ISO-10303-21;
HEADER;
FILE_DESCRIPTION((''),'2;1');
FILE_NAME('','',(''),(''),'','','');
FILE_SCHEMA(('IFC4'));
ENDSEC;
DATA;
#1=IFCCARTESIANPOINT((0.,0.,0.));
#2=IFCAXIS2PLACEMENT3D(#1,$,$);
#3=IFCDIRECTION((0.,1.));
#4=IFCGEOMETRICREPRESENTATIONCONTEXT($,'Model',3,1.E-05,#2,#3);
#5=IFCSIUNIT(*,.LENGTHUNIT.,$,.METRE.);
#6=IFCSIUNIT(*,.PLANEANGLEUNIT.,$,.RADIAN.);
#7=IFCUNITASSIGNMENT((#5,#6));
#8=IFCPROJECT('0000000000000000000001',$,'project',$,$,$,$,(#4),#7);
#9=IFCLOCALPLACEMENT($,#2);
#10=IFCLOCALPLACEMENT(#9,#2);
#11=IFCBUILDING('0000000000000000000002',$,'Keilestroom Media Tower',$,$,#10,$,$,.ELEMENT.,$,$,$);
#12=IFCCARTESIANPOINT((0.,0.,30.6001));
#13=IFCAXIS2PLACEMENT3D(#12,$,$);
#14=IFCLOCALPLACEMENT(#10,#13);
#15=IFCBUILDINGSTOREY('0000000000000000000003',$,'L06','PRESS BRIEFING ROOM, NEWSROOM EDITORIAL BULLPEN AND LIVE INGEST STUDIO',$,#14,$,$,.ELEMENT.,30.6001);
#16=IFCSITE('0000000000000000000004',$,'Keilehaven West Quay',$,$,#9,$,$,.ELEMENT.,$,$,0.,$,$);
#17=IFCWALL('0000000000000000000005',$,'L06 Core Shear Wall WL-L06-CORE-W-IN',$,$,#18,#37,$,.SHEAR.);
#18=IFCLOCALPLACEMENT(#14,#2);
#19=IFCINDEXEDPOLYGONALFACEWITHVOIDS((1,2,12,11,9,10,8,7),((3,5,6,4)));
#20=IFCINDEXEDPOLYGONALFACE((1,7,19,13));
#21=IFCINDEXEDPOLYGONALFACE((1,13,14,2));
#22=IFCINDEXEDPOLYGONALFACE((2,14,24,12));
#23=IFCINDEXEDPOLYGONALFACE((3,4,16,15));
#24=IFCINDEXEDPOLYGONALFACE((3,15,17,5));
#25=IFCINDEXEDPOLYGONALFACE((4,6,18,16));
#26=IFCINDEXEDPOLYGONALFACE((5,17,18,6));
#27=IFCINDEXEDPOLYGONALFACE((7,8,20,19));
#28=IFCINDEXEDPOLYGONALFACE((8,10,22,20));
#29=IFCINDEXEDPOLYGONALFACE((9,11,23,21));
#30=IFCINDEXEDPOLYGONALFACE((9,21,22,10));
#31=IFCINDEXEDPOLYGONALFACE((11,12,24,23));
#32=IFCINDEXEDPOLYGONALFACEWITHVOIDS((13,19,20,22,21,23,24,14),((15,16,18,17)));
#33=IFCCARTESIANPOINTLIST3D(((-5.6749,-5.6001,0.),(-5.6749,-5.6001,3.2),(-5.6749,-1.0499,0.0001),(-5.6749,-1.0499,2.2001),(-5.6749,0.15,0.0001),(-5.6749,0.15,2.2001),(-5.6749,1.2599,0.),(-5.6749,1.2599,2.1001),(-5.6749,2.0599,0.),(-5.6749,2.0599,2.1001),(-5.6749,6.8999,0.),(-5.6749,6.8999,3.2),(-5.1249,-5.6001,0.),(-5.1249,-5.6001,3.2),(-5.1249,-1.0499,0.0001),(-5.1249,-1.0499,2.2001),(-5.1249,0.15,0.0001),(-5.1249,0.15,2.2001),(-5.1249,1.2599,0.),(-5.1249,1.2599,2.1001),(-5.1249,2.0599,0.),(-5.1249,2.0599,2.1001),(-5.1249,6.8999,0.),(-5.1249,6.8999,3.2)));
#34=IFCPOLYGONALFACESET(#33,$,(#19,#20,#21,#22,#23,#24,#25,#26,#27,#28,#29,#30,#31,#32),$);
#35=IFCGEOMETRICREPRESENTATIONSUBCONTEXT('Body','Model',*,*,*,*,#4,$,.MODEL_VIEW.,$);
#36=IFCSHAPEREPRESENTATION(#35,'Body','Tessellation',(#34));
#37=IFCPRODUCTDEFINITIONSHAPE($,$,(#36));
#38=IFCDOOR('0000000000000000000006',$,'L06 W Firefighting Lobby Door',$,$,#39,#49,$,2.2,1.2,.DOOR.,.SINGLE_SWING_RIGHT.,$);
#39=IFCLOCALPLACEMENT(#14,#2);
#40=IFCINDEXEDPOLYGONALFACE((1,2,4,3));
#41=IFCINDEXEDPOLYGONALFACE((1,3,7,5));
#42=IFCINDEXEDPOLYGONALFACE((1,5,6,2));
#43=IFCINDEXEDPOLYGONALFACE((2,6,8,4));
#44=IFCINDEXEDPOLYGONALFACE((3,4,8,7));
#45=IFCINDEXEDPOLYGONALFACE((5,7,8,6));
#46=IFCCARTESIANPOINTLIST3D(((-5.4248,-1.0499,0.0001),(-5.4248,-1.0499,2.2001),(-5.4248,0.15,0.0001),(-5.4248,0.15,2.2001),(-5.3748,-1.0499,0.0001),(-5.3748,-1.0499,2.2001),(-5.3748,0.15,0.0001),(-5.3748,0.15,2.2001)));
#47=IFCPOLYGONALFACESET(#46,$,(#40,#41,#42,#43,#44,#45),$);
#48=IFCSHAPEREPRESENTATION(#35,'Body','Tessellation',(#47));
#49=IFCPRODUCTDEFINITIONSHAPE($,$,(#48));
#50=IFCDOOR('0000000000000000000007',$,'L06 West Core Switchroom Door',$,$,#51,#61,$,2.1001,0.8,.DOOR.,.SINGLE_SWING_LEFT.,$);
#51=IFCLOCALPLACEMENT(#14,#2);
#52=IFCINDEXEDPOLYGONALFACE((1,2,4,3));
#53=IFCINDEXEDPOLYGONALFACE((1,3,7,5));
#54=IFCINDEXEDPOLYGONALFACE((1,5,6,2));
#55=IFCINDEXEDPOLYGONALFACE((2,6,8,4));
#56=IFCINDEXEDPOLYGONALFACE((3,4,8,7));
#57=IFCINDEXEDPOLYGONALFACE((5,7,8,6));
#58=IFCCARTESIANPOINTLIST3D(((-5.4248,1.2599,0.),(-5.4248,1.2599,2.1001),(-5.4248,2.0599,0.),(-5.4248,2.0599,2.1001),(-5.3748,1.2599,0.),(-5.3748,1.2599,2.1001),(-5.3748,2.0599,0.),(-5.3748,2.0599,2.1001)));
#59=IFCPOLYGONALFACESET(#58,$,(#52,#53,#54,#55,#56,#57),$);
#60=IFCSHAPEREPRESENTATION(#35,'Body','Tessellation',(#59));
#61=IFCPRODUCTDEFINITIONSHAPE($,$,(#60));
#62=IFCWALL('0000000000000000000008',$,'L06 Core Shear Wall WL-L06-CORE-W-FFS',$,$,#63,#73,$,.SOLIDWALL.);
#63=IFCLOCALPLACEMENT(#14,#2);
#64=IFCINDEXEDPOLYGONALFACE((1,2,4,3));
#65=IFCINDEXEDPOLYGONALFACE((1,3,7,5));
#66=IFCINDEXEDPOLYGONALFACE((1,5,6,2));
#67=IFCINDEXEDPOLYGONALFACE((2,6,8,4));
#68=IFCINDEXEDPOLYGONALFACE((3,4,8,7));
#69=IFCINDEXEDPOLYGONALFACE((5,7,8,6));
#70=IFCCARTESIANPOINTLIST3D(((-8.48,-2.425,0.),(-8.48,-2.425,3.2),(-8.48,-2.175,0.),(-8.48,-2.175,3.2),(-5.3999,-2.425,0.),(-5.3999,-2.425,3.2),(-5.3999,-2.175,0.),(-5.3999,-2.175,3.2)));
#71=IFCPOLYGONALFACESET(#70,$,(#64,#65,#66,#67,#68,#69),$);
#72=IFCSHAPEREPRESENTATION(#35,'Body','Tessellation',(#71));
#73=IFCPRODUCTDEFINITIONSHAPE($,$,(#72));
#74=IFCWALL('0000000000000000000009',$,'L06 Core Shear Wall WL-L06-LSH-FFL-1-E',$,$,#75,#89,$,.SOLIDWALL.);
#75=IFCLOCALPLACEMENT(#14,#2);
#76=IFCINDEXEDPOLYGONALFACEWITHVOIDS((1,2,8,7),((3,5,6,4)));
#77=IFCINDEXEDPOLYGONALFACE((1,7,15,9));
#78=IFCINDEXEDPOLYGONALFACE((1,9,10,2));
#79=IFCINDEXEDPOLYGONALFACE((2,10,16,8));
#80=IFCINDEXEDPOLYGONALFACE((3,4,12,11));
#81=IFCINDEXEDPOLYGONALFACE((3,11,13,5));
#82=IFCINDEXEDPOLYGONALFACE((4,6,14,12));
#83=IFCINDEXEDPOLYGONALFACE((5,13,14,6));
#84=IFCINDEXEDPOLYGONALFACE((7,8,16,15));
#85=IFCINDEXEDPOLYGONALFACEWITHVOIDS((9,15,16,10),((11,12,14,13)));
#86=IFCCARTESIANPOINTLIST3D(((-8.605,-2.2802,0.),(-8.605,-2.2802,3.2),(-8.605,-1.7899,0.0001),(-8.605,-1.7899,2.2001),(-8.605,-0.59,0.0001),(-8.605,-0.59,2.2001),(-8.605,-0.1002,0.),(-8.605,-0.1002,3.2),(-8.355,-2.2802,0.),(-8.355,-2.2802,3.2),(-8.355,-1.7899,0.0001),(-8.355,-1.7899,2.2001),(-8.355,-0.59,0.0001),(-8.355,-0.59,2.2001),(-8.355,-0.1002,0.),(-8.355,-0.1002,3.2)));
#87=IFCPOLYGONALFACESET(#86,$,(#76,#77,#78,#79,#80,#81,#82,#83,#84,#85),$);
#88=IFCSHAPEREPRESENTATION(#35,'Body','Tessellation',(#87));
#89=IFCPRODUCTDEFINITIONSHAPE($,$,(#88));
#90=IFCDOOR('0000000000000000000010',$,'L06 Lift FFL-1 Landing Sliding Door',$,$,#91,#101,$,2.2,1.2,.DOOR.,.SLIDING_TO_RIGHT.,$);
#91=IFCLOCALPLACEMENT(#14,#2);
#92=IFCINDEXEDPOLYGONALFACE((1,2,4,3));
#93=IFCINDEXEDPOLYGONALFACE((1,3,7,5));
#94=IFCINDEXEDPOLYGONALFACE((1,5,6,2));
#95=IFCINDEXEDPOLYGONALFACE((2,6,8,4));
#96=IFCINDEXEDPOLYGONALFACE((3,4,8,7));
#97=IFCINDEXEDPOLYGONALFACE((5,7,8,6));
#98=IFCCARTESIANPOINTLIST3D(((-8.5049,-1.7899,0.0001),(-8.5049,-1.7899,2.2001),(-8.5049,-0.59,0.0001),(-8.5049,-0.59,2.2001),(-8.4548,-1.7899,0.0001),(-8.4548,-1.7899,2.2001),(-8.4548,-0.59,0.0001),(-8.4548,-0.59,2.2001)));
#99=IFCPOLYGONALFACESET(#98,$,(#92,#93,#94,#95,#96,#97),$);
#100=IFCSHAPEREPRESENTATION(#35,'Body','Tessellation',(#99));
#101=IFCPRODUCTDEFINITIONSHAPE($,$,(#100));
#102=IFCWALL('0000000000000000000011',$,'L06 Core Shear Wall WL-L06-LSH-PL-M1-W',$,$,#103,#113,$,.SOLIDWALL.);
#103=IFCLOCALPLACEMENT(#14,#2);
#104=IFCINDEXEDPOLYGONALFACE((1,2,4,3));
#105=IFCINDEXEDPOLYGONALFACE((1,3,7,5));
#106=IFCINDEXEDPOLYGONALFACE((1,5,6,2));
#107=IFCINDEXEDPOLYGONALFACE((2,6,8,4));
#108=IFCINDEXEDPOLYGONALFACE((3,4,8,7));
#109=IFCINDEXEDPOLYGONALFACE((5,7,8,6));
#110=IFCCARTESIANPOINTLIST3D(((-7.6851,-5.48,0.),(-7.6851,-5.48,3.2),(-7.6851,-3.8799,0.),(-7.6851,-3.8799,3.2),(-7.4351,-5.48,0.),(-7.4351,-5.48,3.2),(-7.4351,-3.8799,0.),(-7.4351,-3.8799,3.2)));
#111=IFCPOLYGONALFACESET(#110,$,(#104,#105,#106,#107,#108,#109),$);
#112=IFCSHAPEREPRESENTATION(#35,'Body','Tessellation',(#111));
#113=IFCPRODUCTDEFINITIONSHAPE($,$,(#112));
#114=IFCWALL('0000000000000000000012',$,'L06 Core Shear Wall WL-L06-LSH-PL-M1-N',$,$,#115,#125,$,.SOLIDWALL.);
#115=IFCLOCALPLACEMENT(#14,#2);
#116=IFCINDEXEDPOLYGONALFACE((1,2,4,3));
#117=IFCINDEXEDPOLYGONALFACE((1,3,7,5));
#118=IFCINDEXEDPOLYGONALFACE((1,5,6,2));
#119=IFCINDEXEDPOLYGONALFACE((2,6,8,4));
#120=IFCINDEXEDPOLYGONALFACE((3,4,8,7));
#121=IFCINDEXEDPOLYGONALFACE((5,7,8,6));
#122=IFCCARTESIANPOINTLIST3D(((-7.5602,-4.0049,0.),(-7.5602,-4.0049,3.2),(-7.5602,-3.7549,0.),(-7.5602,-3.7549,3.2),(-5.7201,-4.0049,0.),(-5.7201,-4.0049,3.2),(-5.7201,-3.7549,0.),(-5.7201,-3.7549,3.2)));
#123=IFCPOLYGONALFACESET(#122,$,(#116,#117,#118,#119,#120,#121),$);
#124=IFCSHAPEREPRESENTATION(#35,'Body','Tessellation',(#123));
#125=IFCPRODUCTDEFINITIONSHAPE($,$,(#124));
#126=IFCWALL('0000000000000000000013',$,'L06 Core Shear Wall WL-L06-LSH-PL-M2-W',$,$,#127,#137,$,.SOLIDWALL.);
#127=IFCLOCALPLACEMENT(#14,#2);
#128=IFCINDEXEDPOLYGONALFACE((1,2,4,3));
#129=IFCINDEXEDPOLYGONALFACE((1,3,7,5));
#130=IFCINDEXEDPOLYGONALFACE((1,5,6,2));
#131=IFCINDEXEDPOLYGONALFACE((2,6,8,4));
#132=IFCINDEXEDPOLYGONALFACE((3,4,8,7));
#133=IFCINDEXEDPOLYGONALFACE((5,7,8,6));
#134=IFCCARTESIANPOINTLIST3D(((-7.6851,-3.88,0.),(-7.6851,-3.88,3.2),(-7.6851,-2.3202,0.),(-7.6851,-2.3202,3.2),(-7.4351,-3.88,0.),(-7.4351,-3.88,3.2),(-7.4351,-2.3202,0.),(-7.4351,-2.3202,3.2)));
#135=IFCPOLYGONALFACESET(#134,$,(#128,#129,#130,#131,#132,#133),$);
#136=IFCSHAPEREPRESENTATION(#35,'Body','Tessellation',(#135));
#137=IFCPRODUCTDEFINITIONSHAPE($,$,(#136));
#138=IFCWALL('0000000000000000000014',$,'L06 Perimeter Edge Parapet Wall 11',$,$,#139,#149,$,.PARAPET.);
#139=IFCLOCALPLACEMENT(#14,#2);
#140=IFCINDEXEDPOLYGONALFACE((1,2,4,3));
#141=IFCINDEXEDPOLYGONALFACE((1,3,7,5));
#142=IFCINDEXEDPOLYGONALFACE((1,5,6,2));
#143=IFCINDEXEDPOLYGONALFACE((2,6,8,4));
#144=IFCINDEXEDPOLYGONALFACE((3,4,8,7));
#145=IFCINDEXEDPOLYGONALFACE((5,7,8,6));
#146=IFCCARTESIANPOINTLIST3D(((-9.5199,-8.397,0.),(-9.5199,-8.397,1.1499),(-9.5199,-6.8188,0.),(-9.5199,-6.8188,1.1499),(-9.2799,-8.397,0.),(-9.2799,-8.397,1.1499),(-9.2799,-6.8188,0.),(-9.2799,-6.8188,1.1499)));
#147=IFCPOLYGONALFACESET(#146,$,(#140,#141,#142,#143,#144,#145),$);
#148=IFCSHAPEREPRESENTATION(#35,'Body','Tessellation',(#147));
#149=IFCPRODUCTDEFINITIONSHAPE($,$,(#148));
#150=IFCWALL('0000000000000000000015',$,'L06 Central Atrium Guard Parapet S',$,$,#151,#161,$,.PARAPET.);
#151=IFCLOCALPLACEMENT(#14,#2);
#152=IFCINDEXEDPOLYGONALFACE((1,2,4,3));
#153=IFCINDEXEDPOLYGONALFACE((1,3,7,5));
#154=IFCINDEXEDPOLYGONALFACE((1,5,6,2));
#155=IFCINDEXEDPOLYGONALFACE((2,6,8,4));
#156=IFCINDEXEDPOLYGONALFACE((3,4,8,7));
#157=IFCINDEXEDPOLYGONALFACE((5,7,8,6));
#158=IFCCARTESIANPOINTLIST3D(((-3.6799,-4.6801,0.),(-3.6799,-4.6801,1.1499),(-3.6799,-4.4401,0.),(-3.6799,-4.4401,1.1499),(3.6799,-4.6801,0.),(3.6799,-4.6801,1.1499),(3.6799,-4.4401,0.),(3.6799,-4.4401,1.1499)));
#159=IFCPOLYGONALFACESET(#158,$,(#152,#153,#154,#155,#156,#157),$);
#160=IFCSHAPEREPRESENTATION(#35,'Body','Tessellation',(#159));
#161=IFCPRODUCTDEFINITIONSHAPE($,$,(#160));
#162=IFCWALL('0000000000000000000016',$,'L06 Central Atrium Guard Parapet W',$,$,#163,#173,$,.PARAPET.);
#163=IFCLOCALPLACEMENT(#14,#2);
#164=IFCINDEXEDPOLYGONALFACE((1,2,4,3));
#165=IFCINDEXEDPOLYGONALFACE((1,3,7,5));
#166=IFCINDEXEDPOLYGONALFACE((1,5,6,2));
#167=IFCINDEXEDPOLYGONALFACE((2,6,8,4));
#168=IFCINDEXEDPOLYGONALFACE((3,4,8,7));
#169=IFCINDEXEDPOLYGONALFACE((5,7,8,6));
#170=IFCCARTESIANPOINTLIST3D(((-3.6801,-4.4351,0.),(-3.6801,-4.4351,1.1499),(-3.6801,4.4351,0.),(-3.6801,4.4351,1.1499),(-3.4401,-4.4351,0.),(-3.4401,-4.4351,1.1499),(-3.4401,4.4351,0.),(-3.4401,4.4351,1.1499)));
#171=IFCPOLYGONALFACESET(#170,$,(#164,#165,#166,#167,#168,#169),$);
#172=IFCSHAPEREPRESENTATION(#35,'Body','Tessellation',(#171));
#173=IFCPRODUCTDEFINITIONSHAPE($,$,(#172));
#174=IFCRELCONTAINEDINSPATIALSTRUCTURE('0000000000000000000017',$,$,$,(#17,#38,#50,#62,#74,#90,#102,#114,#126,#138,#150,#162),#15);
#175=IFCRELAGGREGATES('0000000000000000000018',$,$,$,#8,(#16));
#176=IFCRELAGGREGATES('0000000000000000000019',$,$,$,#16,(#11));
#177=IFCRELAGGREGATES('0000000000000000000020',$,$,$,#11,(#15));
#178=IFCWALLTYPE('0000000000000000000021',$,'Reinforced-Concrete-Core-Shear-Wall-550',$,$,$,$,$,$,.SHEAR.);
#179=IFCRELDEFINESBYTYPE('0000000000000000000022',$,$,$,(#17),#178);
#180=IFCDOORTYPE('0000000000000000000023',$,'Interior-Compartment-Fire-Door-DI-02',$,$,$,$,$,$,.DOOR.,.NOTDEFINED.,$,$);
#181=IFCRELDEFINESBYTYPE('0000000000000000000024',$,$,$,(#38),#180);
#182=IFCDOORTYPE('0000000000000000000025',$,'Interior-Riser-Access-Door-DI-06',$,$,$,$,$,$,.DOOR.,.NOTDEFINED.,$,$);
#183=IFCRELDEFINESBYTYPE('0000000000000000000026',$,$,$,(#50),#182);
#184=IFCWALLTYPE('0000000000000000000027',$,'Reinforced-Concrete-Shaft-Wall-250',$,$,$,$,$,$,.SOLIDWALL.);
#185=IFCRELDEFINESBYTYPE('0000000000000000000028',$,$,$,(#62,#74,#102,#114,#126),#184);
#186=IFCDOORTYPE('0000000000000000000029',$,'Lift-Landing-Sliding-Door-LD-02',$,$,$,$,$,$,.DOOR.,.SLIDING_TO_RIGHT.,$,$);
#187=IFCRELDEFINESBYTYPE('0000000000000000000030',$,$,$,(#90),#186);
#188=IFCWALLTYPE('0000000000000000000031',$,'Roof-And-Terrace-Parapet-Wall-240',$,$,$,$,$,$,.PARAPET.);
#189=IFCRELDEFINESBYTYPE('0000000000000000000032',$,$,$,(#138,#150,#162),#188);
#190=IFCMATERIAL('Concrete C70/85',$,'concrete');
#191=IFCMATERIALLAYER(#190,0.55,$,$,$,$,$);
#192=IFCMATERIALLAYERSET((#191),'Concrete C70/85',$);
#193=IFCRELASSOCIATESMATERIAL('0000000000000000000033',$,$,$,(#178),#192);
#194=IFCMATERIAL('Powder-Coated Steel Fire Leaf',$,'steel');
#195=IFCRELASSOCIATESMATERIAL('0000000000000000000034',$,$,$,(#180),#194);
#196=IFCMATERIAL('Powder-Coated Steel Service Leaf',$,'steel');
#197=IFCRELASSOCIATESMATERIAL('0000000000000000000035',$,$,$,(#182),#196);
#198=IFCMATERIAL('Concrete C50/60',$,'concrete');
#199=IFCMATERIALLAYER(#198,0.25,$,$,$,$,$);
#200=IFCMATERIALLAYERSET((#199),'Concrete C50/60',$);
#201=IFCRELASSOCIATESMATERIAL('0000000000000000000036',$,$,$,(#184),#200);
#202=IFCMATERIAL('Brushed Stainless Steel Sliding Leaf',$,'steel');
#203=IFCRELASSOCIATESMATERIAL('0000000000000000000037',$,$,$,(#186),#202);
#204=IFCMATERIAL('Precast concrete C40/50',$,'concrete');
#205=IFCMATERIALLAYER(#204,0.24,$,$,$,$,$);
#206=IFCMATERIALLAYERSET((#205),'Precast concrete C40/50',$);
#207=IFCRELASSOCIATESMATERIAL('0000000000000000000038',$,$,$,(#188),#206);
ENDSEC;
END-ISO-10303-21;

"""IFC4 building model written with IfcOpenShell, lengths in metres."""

from ifc_helpers import new_model, si_unit, direction, frame, frame_2d, origin, place, context, subcontext, project, spatial, rectangle, extrude, source, transform, mapped, material, layer, layer_set, type_object, element, fill, save


model = new_model("IFC4")

# Units and contexts
model_context = context("Model", 3, precision=1e-05, world=origin(), true_north=direction((0.0, 1.0)))
body_context = subcontext(model_context, "Body", "Model", "MODEL_VIEW")
ifc_project = project(units=[si_unit("LENGTHUNIT", "METRE"), si_unit("PLANEANGLEUNIT", "RADIAN")], contexts=[model_context])

# Site, building, storey
site_placement = place(None, origin())
site = spatial("IfcSite", under=ifc_project, at=site_placement, Name="Keilehaven West Quay", CompositionType="ELEMENT", RefElevation=0.0)
building_placement = place(site_placement, origin())
building = spatial("IfcBuilding", under=site, at=building_placement, Name="Keilestroom Media Tower", CompositionType="ELEMENT")
storey_placement = place(building_placement, frame((0.0, 0.0, 30.6001)))
storey = spatial("IfcBuildingStorey", under=building, at=storey_placement, Name="L06", Description="PRESS BRIEFING ROOM, NEWSROOM EDITORIAL BULLPEN AND LIVE INGEST STUDIO", CompositionType="ELEMENT", Elevation=30.6001)

# Shared definitions
ifc_material_1 = material(Name="Concrete C70/85", Category="concrete")

# Wall, openings, doors
ifc_layer_1 = layer(ifc_material_1, 0.55)
ifc_layer_set_1 = layer_set([ifc_layer_1], Name="Concrete C70/85")
wall_type_1 = type_object("IfcWallType", Name="Reinforced-Concrete-Core-Shear-Wall-550", PredefinedType="SHEAR", material=ifc_layer_set_1)
wall_1_placement = place(storey_placement, frame((-5.3999, -5.6001, 0.0), z_axis=(0.0, 0.0, 1.0), x_axis=(0.0, 1.0, 0.0)))
wall_1 = element("IfcWall", 1, at=wall_1_placement, inside=storey, type_object=wall_type_1, Name="L06 Core Shear Wall WL-L06-CORE-W-IN", PredefinedType="SHEAR", context=body_context, shape_type="SweptSolid", body=[
    extrude(rectangle(XDim=12.5, YDim=0.55, at=frame_2d((6.25, 0.0))), origin(), (0.0, 0.0, 1.0), 3.2),
])
opening_1_placement = place(wall_1_placement, frame((4.55, 0.0, 0.0)))
opening_1 = element("IfcOpeningElement", 2, at=opening_1_placement, cuts=wall_1, PredefinedType="OPENING", context=body_context, shape_type="SweptSolid", body=[
    extrude(rectangle(XDim=1.2, YDim=2.2, at=frame_2d((0.6001, 1.1001))), frame((0.0, 0.2852, 0.0), z_axis=(0.0, -1.0, 0.0), x_axis=(1.0, 0.0, 0.0)), (0.0, 0.0, 1.0), 0.5701),
])
opening_2_placement = place(wall_1_placement, frame((6.8601, 0.0, 0.0)))
opening_2 = element("IfcOpeningElement", 3, at=opening_2_placement, cuts=wall_1, PredefinedType="OPENING", context=body_context, shape_type="SweptSolid", body=[
    extrude(rectangle(XDim=0.8, YDim=2.1001, at=frame_2d((0.3999, 1.05))), frame((0.0, 0.2852, 0.0), z_axis=(0.0, -1.0, 0.0), x_axis=(1.0, 0.0, 0.0)), (0.0, 0.0, 1.0), 0.5701),
])
ifc_material_2 = material(Name="Powder-Coated Steel Fire Leaf", Category="steel")
door_type_1 = type_object("IfcDoorType", Name="Interior-Compartment-Fire-Door-DI-02", OperationType="NOTDEFINED", PredefinedType="DOOR", material=ifc_material_2)
shared_shape_1 = source(origin(), body_context, "Body", "SweptSolid", [
    extrude(rectangle(XDim=1.2, YDim=2.2, at=frame_2d((0.6001, 1.1001))), frame((0.0, 0.0249, 0.0), z_axis=(0.0, -1.0, 0.0), x_axis=(1.0, 0.0, 0.0)), (0.0, 0.0, 1.0), 0.05),
])
door_1_placement = place(opening_1_placement, origin())
door_1 = element("IfcDoor", 4, at=door_1_placement, inside=storey, type_object=door_type_1, Name="L06 W Firefighting Lobby Door", OperationType="SINGLE_SWING_RIGHT", OverallHeight=2.2, OverallWidth=1.2, PredefinedType="DOOR", context=body_context, shape_type="MappedRepresentation", body=[
    mapped(shared_shape_1, transform((0.0, 0.0, 0.0), x_axis=(1.0, 0.0, 0.0), y_axis=(0.0, 1.0, 0.0), z_axis=(0.0, 0.0, 1.0), scale=1.0)),
])
fill(opening_1, door_1)
ifc_material_3 = material(Name="Powder-Coated Steel Service Leaf", Category="steel")
door_type_2 = type_object("IfcDoorType", Name="Interior-Riser-Access-Door-DI-06", OperationType="NOTDEFINED", PredefinedType="DOOR", material=ifc_material_3)
shared_shape_2 = source(origin(), body_context, "Body", "SweptSolid", [
    extrude(rectangle(XDim=0.8, YDim=2.1001, at=frame_2d((0.3999, 1.05))), frame((0.0, 0.0249, 0.0), z_axis=(0.0, -1.0, 0.0), x_axis=(1.0, 0.0, 0.0)), (0.0, 0.0, 1.0), 0.05),
])
door_2_placement = place(opening_2_placement, origin())
door_2 = element("IfcDoor", 5, at=door_2_placement, inside=storey, type_object=door_type_2, Name="L06 West Core Switchroom Door", OperationType="SINGLE_SWING_LEFT", OverallHeight=2.1001, OverallWidth=0.8, PredefinedType="DOOR", context=body_context, shape_type="MappedRepresentation", body=[
    mapped(shared_shape_2, transform((0.0, 0.0, 0.0), x_axis=(1.0, 0.0, 0.0), y_axis=(0.0, 1.0, 0.0), z_axis=(0.0, 0.0, 1.0), scale=1.0)),
])
fill(opening_2, door_2)

# Wall
ifc_material_4 = material(Name="Concrete C50/60", Category="concrete")
ifc_layer_2 = layer(ifc_material_4, 0.25)
ifc_layer_set_2 = layer_set([ifc_layer_2], Name="Concrete C50/60")
wall_type_2 = type_object("IfcWallType", Name="Reinforced-Concrete-Shaft-Wall-250", PredefinedType="SOLIDWALL", material=ifc_layer_set_2)
wall_2_placement = place(storey_placement, frame((-8.48, -2.3, 0.0), z_axis=(0.0, 0.0, 1.0), x_axis=(1.0, 0.0, 0.0)))
element("IfcWall", 6, at=wall_2_placement, inside=storey, type_object=wall_type_2, Name="L06 Core Shear Wall WL-L06-CORE-W-FFS", PredefinedType="SOLIDWALL", context=body_context, shape_type="SweptSolid", body=[
    extrude(rectangle(XDim=3.0801, YDim=0.25, at=frame_2d((1.54, 0.0))), origin(), (0.0, 0.0, 1.0), 3.2),
])

# Wall, opening, door
wall_3_placement = place(storey_placement, frame((-8.48, -2.28, 0.0), z_axis=(0.0, 0.0, 1.0), x_axis=(0.0, 1.0, 0.0)))
wall_3 = element("IfcWall", 7, at=wall_3_placement, inside=storey, type_object=wall_type_2, Name="L06 Core Shear Wall WL-L06-LSH-FFL-1-E", PredefinedType="SOLIDWALL", context=body_context, shape_type="SweptSolid", body=[
    extrude(rectangle(XDim=2.1799, YDim=0.25, at=frame_2d((1.0898, 0.0))), origin(), (0.0, 0.0, 1.0), 3.2),
])
opening_3_placement = place(wall_3_placement, frame((0.49, 0.0, 0.0)))
opening_3 = element("IfcOpeningElement", 8, at=opening_3_placement, cuts=wall_3, PredefinedType="OPENING", context=body_context, shape_type="SweptSolid", body=[
    extrude(rectangle(XDim=1.2, YDim=2.2, at=frame_2d((0.6001, 1.1001))), frame((0.0, 0.135, 0.0), z_axis=(0.0, -1.0, 0.0), x_axis=(1.0, 0.0, 0.0)), (0.0, 0.0, 1.0), 0.27),
])
ifc_material_5 = material(Name="Brushed Stainless Steel Sliding Leaf", Category="steel")
door_type_3 = type_object("IfcDoorType", Name="Lift-Landing-Sliding-Door-LD-02", OperationType="SLIDING_TO_RIGHT", PredefinedType="DOOR", material=ifc_material_5)
door_3_placement = place(opening_3_placement, origin())
door_3 = element("IfcDoor", 9, at=door_3_placement, inside=storey, type_object=door_type_3, Name="L06 Lift FFL-1 Landing Sliding Door", OperationType="SLIDING_TO_RIGHT", OverallHeight=2.2, OverallWidth=1.2, PredefinedType="DOOR", context=body_context, shape_type="MappedRepresentation", body=[
    mapped(shared_shape_1, transform((0.0, 0.0, 0.0), x_axis=(1.0, 0.0, 0.0), y_axis=(0.0, 1.0, 0.0), z_axis=(0.0, 0.0, 1.0), scale=1.0)),
])
fill(opening_3, door_3)

# Walls
wall_4_placement = place(storey_placement, frame((-7.5601, -5.48, 0.0), z_axis=(0.0, 0.0, 1.0), x_axis=(0.0, 1.0, 0.0)))
element("IfcWall", 10, at=wall_4_placement, inside=storey, type_object=wall_type_2, Name="L06 Core Shear Wall WL-L06-LSH-PL-M1-W", PredefinedType="SOLIDWALL", context=body_context, shape_type="SweptSolid", body=[
    extrude(rectangle(XDim=1.6001, YDim=0.25, at=frame_2d((0.8, 0.0))), origin(), (0.0, 0.0, 1.0), 3.2),
])
wall_5_placement = place(storey_placement, frame((-7.5601, -3.8799, 0.0), z_axis=(0.0, 0.0, 1.0), x_axis=(1.0, 0.0, 0.0)))
element("IfcWall", 11, at=wall_5_placement, inside=storey, type_object=wall_type_2, Name="L06 Core Shear Wall WL-L06-LSH-PL-M1-N", PredefinedType="SOLIDWALL", context=body_context, shape_type="SweptSolid", body=[
    extrude(rectangle(XDim=1.8401, YDim=0.25, at=frame_2d((0.9199, 0.0))), origin(), (0.0, 0.0, 1.0), 3.2),
])
wall_6_placement = place(storey_placement, frame((-7.5601, -3.8799, 0.0), z_axis=(0.0, 0.0, 1.0), x_axis=(0.0, 1.0, 0.0)))
element("IfcWall", 12, at=wall_6_placement, inside=storey, type_object=wall_type_2, Name="L06 Core Shear Wall WL-L06-LSH-PL-M2-W", PredefinedType="SOLIDWALL", context=body_context, shape_type="SweptSolid", body=[
    extrude(rectangle(XDim=1.5598, YDim=0.25, at=frame_2d((0.7798, 0.0))), origin(), (0.0, 0.0, 1.0), 3.2),
])
ifc_material_6 = material(Name="Precast concrete C40/50", Category="concrete")
ifc_layer_3 = layer(ifc_material_6, 0.24)
ifc_layer_set_3 = layer_set([ifc_layer_3], Name="Precast concrete C40/50")
wall_type_3 = type_object("IfcWallType", Name="Roof-And-Terrace-Parapet-Wall-240", PredefinedType="PARAPET", material=ifc_layer_set_3)
wall_7_placement = place(storey_placement, frame((-9.3999, -8.397, 0.0), z_axis=(0.0, 0.0, 1.0), x_axis=(0.0, 1.0, 0.0)))
element("IfcWall", 13, at=wall_7_placement, inside=storey, type_object=wall_type_3, Name="L06 Perimeter Edge Parapet Wall 11", PredefinedType="PARAPET", context=body_context, shape_type="SweptSolid", body=[
    extrude(rectangle(XDim=1.5781, YDim=0.24, at=frame_2d((0.7891, 0.0))), origin(), (0.0, 0.0, 1.0), 1.1499),
])
wall_8_placement = place(storey_placement, frame((-3.6799, -4.5601, 0.0), z_axis=(0.0, 0.0, 1.0), x_axis=(1.0, 0.0, 0.0)))
element("IfcWall", 14, at=wall_8_placement, inside=storey, type_object=wall_type_3, Name="L06 Central Atrium Guard Parapet S", PredefinedType="PARAPET", context=body_context, shape_type="SweptSolid", body=[
    extrude(rectangle(XDim=7.3599, YDim=0.24, at=frame_2d((3.6799, 0.0))), origin(), (0.0, 0.0, 1.0), 1.1499),
])
wall_9_placement = place(storey_placement, frame((-3.5601, -4.4351, 0.0), z_axis=(0.0, 0.0, 1.0), x_axis=(0.0, 1.0, 0.0)))
element("IfcWall", 15, at=wall_9_placement, inside=storey, type_object=wall_type_3, Name="L06 Central Atrium Guard Parapet W", PredefinedType="PARAPET", context=body_context, shape_type="SweptSolid", body=[
    extrude(rectangle(XDim=8.8701, YDim=0.24, at=frame_2d((4.4351, 0.0))), origin(), (0.0, 0.0, 1.0), 1.1499),
])

save(model, "model.ifc")
